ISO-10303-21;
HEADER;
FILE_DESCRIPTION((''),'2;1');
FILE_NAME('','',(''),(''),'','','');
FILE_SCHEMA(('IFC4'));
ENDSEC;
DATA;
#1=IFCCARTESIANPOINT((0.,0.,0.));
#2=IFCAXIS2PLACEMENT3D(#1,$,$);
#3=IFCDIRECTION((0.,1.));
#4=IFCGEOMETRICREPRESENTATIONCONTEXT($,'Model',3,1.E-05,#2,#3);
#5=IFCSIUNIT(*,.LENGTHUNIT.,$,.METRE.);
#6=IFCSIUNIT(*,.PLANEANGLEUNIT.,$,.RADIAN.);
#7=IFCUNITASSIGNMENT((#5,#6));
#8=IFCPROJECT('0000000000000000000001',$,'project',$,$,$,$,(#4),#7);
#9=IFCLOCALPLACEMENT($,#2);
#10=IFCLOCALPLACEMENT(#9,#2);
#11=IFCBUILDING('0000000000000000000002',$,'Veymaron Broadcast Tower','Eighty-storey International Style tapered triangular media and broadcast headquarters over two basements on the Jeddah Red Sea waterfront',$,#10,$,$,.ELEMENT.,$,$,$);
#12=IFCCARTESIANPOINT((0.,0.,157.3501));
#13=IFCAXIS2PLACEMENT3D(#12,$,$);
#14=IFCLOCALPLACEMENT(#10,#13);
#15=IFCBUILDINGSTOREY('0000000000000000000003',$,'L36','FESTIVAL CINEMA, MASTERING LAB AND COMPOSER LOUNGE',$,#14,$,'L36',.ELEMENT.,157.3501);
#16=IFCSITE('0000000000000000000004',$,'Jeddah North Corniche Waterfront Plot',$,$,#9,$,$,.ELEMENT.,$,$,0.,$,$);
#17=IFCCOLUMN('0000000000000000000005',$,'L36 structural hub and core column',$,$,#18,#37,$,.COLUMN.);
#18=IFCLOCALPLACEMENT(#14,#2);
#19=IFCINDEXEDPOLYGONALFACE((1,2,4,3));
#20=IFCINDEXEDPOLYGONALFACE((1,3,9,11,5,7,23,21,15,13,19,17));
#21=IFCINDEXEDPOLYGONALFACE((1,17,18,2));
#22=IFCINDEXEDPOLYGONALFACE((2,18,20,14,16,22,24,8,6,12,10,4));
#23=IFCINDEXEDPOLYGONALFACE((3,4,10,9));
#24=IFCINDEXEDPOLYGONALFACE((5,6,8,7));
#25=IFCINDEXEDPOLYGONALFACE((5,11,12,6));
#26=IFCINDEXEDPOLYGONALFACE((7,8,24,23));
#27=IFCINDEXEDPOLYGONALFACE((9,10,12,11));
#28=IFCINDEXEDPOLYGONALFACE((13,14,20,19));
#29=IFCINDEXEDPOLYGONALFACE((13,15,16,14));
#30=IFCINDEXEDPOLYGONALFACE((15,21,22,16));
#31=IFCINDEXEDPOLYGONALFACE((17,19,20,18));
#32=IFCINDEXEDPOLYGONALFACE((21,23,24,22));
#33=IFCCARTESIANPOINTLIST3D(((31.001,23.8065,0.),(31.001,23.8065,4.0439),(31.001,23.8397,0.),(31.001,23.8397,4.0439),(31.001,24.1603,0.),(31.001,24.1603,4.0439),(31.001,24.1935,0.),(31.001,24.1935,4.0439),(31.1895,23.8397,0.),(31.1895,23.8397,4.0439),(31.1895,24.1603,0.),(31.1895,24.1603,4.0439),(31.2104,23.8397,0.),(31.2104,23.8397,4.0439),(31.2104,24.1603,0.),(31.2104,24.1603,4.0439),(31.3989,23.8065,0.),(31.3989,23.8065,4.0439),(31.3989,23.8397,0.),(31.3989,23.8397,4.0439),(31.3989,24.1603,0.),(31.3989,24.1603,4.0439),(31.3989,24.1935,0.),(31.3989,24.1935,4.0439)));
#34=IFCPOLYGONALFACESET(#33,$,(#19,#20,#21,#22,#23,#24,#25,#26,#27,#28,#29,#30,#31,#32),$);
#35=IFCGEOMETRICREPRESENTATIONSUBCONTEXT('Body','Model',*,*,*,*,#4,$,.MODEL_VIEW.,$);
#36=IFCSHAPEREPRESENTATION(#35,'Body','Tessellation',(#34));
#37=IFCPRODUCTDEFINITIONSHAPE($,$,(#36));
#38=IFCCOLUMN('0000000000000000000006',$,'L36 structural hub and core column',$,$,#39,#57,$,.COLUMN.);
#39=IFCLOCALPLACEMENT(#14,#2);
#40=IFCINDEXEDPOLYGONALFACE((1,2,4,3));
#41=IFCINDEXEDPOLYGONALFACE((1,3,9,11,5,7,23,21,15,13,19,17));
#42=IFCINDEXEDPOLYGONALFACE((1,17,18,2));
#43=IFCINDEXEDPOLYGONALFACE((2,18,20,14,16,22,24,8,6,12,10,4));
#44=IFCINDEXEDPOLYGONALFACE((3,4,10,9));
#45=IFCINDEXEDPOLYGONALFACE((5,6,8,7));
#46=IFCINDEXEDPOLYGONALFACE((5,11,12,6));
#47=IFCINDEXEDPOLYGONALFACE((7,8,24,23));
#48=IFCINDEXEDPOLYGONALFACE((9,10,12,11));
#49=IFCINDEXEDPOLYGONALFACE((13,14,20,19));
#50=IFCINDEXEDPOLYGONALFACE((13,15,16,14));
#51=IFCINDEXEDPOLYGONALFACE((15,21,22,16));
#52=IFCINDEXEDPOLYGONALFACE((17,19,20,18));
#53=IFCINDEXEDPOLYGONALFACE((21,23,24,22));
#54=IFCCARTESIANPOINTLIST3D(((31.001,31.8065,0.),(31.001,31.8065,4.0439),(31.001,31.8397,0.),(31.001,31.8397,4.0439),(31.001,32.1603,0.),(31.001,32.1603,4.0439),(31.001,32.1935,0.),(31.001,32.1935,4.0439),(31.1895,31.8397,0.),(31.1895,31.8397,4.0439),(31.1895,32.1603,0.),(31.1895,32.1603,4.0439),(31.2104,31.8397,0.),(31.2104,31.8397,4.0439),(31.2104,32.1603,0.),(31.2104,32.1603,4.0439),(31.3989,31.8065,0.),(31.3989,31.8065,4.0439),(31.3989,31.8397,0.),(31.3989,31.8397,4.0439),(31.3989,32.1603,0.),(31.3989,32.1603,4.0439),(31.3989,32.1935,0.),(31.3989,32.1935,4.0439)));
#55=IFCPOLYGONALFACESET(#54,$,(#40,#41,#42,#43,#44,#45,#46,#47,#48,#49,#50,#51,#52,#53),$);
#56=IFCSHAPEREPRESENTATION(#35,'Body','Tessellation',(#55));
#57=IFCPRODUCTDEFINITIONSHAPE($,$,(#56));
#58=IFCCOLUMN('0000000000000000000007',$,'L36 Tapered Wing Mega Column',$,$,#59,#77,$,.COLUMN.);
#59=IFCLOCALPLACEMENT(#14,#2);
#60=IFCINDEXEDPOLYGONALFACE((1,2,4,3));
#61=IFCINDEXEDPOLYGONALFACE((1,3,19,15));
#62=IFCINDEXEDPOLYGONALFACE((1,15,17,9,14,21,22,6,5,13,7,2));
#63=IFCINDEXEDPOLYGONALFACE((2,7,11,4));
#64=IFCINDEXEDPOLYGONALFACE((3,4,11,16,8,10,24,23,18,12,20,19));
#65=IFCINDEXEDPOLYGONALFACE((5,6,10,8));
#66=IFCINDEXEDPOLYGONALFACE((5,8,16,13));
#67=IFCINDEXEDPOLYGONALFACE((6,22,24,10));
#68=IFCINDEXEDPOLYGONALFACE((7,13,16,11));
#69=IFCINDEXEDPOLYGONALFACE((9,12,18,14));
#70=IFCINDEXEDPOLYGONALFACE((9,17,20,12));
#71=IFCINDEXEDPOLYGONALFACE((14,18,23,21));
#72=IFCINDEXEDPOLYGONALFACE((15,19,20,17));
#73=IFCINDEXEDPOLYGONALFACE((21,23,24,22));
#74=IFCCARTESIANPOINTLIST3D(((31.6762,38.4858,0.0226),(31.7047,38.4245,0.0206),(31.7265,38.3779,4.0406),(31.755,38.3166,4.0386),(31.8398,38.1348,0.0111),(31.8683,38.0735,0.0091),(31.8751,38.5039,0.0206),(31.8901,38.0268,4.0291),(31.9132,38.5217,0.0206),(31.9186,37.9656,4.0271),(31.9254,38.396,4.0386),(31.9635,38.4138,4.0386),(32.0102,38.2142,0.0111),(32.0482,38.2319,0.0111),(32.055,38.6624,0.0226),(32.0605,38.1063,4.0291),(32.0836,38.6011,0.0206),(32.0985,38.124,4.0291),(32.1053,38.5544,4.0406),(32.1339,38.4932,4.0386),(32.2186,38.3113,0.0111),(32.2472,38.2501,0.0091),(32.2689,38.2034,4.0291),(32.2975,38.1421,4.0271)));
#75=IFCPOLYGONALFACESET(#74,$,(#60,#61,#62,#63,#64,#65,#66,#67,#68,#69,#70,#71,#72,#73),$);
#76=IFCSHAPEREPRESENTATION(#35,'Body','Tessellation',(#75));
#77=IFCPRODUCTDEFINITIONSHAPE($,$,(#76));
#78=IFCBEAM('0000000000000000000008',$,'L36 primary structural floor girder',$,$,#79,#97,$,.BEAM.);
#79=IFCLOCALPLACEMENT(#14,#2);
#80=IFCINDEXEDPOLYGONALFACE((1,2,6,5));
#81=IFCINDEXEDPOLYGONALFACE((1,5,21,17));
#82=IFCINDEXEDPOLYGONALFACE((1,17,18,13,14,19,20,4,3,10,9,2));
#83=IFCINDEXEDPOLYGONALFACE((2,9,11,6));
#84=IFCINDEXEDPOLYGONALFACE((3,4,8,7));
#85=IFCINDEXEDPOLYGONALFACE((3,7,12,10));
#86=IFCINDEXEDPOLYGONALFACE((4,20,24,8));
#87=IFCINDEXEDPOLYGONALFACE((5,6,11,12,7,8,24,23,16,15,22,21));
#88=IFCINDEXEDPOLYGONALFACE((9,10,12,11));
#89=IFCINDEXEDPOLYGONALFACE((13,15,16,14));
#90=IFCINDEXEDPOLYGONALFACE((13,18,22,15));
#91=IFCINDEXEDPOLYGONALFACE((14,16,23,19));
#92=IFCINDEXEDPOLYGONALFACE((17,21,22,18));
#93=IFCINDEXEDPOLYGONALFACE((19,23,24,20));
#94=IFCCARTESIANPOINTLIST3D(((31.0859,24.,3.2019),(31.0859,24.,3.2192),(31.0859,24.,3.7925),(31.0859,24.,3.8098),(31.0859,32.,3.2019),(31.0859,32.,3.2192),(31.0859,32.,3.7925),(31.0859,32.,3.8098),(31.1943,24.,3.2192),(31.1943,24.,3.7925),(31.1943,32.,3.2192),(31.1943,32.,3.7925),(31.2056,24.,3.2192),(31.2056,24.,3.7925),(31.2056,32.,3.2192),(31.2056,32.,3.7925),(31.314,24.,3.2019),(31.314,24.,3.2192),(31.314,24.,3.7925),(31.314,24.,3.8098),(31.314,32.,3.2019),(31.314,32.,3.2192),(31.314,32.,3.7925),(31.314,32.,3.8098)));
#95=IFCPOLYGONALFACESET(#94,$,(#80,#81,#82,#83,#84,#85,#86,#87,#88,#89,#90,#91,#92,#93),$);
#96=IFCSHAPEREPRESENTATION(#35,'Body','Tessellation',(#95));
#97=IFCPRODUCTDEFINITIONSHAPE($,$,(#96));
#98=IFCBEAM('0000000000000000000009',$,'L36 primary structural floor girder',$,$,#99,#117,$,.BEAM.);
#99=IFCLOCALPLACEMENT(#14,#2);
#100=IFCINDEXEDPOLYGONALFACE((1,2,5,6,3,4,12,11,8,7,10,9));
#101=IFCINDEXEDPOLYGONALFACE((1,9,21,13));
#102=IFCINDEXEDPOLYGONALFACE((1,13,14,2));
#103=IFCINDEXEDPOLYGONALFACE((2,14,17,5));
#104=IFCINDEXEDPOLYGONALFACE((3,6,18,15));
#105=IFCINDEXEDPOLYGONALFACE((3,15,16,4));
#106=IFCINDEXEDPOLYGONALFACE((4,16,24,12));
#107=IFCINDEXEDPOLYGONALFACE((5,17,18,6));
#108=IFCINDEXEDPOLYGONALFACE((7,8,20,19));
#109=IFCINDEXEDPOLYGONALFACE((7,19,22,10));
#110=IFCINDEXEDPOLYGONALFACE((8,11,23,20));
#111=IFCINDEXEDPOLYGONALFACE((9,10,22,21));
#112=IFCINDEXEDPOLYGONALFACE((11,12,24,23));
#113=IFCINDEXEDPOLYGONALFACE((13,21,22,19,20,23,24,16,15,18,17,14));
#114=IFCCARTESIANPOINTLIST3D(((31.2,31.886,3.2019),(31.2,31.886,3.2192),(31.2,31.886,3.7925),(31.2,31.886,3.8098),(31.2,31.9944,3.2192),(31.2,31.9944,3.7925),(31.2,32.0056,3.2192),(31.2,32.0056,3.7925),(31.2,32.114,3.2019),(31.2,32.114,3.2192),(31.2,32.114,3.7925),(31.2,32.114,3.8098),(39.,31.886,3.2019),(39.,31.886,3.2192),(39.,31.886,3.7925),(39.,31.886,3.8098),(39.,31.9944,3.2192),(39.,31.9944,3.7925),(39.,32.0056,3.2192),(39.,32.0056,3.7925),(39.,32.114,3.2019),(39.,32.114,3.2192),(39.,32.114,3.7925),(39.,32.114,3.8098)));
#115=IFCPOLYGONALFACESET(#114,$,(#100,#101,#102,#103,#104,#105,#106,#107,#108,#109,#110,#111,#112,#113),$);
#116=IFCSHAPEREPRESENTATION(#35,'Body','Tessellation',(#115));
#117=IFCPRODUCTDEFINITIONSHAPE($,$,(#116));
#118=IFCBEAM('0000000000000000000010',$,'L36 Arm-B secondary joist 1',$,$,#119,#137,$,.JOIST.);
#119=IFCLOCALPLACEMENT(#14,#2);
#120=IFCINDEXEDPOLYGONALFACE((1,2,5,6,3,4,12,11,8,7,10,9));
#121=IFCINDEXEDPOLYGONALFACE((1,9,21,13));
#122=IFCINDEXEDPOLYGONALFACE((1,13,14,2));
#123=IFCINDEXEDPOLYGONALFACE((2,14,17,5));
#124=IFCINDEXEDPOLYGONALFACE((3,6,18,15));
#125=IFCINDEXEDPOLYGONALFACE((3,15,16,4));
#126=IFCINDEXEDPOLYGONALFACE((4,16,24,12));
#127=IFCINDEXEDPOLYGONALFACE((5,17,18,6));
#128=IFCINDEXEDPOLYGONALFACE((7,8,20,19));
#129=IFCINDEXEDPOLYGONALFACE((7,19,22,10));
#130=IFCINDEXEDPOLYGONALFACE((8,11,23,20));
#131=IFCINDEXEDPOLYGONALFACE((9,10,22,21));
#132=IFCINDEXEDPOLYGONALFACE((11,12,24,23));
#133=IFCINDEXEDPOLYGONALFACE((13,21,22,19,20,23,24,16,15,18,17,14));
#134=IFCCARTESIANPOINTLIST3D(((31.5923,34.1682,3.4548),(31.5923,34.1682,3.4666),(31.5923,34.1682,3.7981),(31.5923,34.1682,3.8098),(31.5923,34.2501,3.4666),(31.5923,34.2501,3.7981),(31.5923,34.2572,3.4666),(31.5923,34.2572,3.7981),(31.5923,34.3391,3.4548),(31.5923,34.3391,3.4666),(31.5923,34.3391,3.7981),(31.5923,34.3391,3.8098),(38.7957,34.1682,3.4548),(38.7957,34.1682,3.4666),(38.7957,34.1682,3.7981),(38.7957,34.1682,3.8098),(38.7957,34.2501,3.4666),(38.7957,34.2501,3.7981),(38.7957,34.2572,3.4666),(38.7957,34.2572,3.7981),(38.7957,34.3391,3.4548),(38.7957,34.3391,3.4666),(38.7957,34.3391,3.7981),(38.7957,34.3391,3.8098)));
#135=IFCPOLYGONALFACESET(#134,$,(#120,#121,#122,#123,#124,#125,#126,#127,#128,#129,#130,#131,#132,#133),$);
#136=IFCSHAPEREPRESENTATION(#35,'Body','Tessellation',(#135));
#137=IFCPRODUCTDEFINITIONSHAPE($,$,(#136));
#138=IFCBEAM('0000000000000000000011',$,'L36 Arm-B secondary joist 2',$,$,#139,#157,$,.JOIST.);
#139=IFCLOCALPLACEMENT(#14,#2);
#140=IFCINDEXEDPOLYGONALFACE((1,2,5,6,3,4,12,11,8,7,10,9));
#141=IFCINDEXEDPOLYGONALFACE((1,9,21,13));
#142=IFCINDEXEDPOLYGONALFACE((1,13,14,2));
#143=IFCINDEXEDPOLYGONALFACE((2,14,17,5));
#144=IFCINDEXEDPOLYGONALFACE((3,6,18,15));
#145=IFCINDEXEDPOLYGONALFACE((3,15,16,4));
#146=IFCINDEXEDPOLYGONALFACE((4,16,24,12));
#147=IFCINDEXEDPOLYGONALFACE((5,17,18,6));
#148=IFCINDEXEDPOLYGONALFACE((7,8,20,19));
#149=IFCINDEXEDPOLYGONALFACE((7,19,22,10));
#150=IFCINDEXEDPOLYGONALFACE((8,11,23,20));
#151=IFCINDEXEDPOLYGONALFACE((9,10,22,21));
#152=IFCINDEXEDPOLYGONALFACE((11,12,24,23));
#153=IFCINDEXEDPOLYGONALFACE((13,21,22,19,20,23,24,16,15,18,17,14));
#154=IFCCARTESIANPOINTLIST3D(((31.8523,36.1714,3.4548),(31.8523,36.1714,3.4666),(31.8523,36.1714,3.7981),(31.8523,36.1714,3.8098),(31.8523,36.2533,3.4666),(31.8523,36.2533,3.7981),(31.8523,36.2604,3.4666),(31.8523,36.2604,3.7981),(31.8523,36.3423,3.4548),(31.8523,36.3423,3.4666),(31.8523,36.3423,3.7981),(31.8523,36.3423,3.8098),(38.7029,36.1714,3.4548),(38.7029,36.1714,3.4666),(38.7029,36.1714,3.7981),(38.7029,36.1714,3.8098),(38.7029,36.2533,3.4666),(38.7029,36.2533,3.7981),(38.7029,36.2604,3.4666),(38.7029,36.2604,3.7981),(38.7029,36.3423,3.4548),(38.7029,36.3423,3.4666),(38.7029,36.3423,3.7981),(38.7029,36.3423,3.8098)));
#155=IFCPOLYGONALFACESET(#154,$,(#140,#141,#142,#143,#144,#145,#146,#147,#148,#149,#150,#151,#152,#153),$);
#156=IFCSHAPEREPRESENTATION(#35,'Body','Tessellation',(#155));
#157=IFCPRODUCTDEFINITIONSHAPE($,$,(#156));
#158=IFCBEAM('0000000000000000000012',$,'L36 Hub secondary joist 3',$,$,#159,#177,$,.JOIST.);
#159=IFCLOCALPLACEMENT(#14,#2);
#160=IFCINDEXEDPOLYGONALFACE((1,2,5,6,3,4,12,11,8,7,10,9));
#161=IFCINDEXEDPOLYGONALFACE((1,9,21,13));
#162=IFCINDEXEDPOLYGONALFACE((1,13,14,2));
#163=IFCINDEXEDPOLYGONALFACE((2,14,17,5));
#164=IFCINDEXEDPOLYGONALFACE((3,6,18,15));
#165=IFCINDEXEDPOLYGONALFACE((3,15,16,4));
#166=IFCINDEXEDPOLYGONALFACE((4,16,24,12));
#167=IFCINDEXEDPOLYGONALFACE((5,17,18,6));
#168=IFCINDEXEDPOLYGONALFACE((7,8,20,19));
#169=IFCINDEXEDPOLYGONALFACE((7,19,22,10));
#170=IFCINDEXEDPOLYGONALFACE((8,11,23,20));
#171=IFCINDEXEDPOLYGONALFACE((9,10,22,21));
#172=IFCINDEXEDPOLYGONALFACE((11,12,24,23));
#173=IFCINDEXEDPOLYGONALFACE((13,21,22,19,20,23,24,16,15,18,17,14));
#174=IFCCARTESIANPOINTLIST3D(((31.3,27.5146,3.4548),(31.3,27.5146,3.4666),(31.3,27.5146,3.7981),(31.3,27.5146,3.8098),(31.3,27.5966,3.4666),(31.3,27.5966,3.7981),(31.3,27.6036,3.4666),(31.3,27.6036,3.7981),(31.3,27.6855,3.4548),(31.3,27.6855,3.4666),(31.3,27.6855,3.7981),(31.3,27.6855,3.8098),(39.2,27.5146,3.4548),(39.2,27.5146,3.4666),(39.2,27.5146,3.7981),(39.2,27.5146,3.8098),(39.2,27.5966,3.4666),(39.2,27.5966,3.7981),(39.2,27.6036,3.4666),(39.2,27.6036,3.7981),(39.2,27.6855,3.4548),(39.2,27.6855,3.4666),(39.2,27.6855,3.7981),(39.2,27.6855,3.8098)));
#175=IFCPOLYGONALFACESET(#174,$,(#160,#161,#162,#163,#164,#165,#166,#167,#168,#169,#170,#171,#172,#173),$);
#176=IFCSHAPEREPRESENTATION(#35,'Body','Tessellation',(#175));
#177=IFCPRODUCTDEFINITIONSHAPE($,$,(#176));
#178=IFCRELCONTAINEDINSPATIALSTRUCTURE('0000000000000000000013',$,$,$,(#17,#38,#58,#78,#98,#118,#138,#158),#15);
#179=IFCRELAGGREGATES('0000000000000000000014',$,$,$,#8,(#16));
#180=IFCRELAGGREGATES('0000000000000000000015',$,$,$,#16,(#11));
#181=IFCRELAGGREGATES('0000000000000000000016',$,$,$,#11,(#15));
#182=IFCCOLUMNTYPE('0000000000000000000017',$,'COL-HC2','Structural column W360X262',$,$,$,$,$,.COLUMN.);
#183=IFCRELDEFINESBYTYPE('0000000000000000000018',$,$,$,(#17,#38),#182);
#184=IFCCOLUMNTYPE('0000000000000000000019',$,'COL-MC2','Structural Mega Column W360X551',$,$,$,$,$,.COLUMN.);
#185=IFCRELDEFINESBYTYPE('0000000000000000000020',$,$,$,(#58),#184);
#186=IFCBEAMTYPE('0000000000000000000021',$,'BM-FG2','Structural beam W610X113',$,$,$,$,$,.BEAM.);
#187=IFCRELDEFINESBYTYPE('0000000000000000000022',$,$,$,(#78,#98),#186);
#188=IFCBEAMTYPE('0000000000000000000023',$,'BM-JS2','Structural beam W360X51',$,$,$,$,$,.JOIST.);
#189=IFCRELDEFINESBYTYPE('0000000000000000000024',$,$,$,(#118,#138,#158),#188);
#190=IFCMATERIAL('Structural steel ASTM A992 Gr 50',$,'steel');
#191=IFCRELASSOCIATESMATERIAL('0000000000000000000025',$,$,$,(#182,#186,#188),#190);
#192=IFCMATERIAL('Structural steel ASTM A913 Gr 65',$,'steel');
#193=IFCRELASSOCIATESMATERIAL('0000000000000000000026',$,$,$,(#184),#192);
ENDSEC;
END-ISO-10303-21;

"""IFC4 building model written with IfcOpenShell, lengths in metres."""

from ifc_helpers import new_model, si_unit, direction, frame, origin, origin_2d, place, context, subcontext, project, spatial, i_section, extrude, material, material_profile, profile_set, type_object, element, save


model = new_model("IFC4")

# Units and contexts
model_context = context("Model", 3, precision=1e-05, world=origin(), true_north=direction((0.0, 1.0)))
body_context = subcontext(model_context, "Body", "Model", "MODEL_VIEW")
ifc_project = project(units=[si_unit("LENGTHUNIT", "METRE"), si_unit("PLANEANGLEUNIT", "RADIAN")], contexts=[model_context])

# Site, building, storey
site_placement = place(None, origin())
site = spatial("IfcSite", under=ifc_project, at=site_placement, Name="Jeddah North Corniche Waterfront Plot", CompositionType="ELEMENT", RefElevation=0.0)
building_placement = place(site_placement, origin())
building = spatial("IfcBuilding", under=site, at=building_placement, Name="Veymaron Broadcast Tower", Description="Eighty-storey International Style tapered triangular media and broadcast headquarters over two basements on the Jeddah Red Sea waterfront", CompositionType="ELEMENT")
storey_placement = place(building_placement, frame((0.0, 0.0, 157.3501)))
storey = spatial("IfcBuildingStorey", under=building, at=storey_placement, Name="L36", Description="FESTIVAL CINEMA, MASTERING LAB AND COMPOSER LOUNGE", LongName="L36", CompositionType="ELEMENT", Elevation=157.3501)

# Columns
ifc_material_1 = material(Name="Structural steel ASTM A992 Gr 50", Category="steel")
ifc_material_profile_1 = material_profile(ifc_material_1, i_section(OverallWidth=0.3979, OverallDepth=0.387, WebThickness=0.021, FlangeThickness=0.0332, at=origin_2d()), Name="W360X262")
ifc_profile_set_1 = profile_set([ifc_material_profile_1], Name="Structural steel ASTM A992 Gr 50")
column_type_1 = type_object("IfcColumnType", Name="COL-HC2", Description="Structural column W360X262", PredefinedType="COLUMN", material=ifc_profile_set_1)
for number, where, z_axis, x_axis, name in (
    (1, (31.2, 24.0, 0.0), (0.0, 0.0, 1.0), (1.0, 0.0, 0.0), "L36 structural hub and core column"),
    (2, (31.2, 32.0, 0.0), (0.0, 0.0, 1.0), (1.0, 0.0, 0.0), "L36 structural hub and core column"),
):
    element("IfcColumn", number, at=place(storey_placement, frame(where, z_axis=z_axis, x_axis=x_axis)), inside=storey, type_object=column_type_1, Name=name, PredefinedType="COLUMN", context=body_context, shape_type="SweptSolid", body=[
        extrude(i_section(OverallWidth=0.3979, OverallDepth=0.387, WebThickness=0.021, FlangeThickness=0.0332, at=origin_2d()), origin(), (0.0, 0.0, 1.0), 4.0439),
    ])
ifc_material_2 = material(Name="Structural steel ASTM A913 Gr 65", Category="steel")
ifc_material_profile_2 = material_profile(ifc_material_2, i_section(OverallWidth=0.418, OverallDepth=0.4551, WebThickness=0.042, FlangeThickness=0.0676, at=origin_2d()), Name="W360X551")
ifc_profile_set_2 = profile_set([ifc_material_profile_2], Name="Structural steel ASTM A913 Gr 65")
column_type_2 = type_object("IfcColumnType", Name="COL-MC2", Description="Structural Mega Column W360X551", PredefinedType="COLUMN", material=ifc_profile_set_2)
column_placement = place(storey_placement, frame((31.9617, 38.3679, 0.0159), z_axis=(0.012511, -0.026844, 0.999561), x_axis=(0.906393, 0.422436, 0.0)))
element("IfcColumn", 3, at=column_placement, inside=storey, type_object=column_type_2, Name="L36 Tapered Wing Mega Column", PredefinedType="COLUMN", context=body_context, shape_type="SweptSolid", body=[
    extrude(i_section(OverallWidth=0.418, OverallDepth=0.4551, WebThickness=0.042, FlangeThickness=0.0676, at=origin_2d()), origin(), (0.0, 0.0, 1.0), 4.0198),
])

# Beams
ifc_material_profile_3 = material_profile(ifc_material_1, i_section(OverallWidth=0.228, OverallDepth=0.6079, WebThickness=0.0112, FlangeThickness=0.0173, at=origin_2d()), Name="W610X113")
ifc_profile_set_3 = profile_set([ifc_material_profile_3], Name="Structural steel ASTM A992 Gr 50")
beam_type_1 = type_object("IfcBeamType", Name="BM-FG2", Description="Structural beam W610X113", PredefinedType="BEAM", material=ifc_profile_set_3)
beam_1_placement = place(storey_placement, frame((31.2, 24.0, 3.5059), z_axis=(0.0, 1.0, 0.0), x_axis=(-1.0, 0.0, 0.0)))
element("IfcBeam", 4, at=beam_1_placement, inside=storey, type_object=beam_type_1, Name="L36 primary structural floor girder", PredefinedType="BEAM", context=body_context, shape_type="SweptSolid", body=[
    extrude(i_section(OverallWidth=0.228, OverallDepth=0.6079, WebThickness=0.0112, FlangeThickness=0.0173, at=origin_2d()), origin(), (0.0, 0.0, 1.0), 8.0),
])
beam_2_placement = place(storey_placement, frame((31.2, 32.0, 3.5059), z_axis=(1.0, 0.0, 0.0), x_axis=(0.0, 1.0, 0.0)))
element("IfcBeam", 5, at=beam_2_placement, inside=storey, type_object=beam_type_1, Name="L36 primary structural floor girder", PredefinedType="BEAM", context=body_context, shape_type="SweptSolid", body=[
    extrude(i_section(OverallWidth=0.228, OverallDepth=0.6079, WebThickness=0.0112, FlangeThickness=0.0173, at=origin_2d()), origin(), (0.0, 0.0, 1.0), 7.8),
])
ifc_material_profile_4 = material_profile(ifc_material_1, i_section(OverallWidth=0.1709, OverallDepth=0.355, WebThickness=0.0071, FlangeThickness=0.0117, at=origin_2d()), Name="W360X51")
ifc_profile_set_4 = profile_set([ifc_material_profile_4], Name="Structural steel ASTM A992 Gr 50")
beam_type_2 = type_object("IfcBeamType", Name="BM-JS2", Description="Structural beam W360X51", PredefinedType="JOIST", material=ifc_profile_set_4)
beam_3_placement = place(storey_placement, frame((31.5923, 34.2537, 3.6323), z_axis=(1.0, 0.0, 0.0), x_axis=(0.0, 1.0, 0.0)))
element("IfcBeam", 6, at=beam_3_placement, inside=storey, type_object=beam_type_2, Name="L36 Arm-B secondary joist 1", PredefinedType="JOIST", context=body_context, shape_type="SweptSolid", body=[
    extrude(i_section(OverallWidth=0.1709, OverallDepth=0.355, WebThickness=0.0071, FlangeThickness=0.0117, at=origin_2d()), origin(), (0.0, 0.0, 1.0), 7.2034),
])
beam_4_placement = place(storey_placement, frame((31.8523, 36.2568, 3.6323), z_axis=(1.0, 0.0, 0.0), x_axis=(0.0, 1.0, 0.0)))
element("IfcBeam", 7, at=beam_4_placement, inside=storey, type_object=beam_type_2, Name="L36 Arm-B secondary joist 2", PredefinedType="JOIST", context=body_context, shape_type="SweptSolid", body=[
    extrude(i_section(OverallWidth=0.1709, OverallDepth=0.355, WebThickness=0.0071, FlangeThickness=0.0117, at=origin_2d()), origin(), (0.0, 0.0, 1.0), 6.8506),
])
for number, where, z_axis, x_axis, name in (
    (8, (31.3, 27.6001, 3.6323), (1.0, 0.0, 0.0), (0.0, 1.0, 0.0), "L36 Hub secondary joist 3"),
):
    element("IfcBeam", number, at=place(storey_placement, frame(where, z_axis=z_axis, x_axis=x_axis)), inside=storey, type_object=beam_type_2, Name=name, PredefinedType="JOIST", context=body_context, shape_type="SweptSolid", body=[
        extrude(i_section(OverallWidth=0.1709, OverallDepth=0.355, WebThickness=0.0071, FlangeThickness=0.0117, at=origin_2d()), origin(), (0.0, 0.0, 1.0), 7.8999),
    ])

save(model, "model.ifc")
